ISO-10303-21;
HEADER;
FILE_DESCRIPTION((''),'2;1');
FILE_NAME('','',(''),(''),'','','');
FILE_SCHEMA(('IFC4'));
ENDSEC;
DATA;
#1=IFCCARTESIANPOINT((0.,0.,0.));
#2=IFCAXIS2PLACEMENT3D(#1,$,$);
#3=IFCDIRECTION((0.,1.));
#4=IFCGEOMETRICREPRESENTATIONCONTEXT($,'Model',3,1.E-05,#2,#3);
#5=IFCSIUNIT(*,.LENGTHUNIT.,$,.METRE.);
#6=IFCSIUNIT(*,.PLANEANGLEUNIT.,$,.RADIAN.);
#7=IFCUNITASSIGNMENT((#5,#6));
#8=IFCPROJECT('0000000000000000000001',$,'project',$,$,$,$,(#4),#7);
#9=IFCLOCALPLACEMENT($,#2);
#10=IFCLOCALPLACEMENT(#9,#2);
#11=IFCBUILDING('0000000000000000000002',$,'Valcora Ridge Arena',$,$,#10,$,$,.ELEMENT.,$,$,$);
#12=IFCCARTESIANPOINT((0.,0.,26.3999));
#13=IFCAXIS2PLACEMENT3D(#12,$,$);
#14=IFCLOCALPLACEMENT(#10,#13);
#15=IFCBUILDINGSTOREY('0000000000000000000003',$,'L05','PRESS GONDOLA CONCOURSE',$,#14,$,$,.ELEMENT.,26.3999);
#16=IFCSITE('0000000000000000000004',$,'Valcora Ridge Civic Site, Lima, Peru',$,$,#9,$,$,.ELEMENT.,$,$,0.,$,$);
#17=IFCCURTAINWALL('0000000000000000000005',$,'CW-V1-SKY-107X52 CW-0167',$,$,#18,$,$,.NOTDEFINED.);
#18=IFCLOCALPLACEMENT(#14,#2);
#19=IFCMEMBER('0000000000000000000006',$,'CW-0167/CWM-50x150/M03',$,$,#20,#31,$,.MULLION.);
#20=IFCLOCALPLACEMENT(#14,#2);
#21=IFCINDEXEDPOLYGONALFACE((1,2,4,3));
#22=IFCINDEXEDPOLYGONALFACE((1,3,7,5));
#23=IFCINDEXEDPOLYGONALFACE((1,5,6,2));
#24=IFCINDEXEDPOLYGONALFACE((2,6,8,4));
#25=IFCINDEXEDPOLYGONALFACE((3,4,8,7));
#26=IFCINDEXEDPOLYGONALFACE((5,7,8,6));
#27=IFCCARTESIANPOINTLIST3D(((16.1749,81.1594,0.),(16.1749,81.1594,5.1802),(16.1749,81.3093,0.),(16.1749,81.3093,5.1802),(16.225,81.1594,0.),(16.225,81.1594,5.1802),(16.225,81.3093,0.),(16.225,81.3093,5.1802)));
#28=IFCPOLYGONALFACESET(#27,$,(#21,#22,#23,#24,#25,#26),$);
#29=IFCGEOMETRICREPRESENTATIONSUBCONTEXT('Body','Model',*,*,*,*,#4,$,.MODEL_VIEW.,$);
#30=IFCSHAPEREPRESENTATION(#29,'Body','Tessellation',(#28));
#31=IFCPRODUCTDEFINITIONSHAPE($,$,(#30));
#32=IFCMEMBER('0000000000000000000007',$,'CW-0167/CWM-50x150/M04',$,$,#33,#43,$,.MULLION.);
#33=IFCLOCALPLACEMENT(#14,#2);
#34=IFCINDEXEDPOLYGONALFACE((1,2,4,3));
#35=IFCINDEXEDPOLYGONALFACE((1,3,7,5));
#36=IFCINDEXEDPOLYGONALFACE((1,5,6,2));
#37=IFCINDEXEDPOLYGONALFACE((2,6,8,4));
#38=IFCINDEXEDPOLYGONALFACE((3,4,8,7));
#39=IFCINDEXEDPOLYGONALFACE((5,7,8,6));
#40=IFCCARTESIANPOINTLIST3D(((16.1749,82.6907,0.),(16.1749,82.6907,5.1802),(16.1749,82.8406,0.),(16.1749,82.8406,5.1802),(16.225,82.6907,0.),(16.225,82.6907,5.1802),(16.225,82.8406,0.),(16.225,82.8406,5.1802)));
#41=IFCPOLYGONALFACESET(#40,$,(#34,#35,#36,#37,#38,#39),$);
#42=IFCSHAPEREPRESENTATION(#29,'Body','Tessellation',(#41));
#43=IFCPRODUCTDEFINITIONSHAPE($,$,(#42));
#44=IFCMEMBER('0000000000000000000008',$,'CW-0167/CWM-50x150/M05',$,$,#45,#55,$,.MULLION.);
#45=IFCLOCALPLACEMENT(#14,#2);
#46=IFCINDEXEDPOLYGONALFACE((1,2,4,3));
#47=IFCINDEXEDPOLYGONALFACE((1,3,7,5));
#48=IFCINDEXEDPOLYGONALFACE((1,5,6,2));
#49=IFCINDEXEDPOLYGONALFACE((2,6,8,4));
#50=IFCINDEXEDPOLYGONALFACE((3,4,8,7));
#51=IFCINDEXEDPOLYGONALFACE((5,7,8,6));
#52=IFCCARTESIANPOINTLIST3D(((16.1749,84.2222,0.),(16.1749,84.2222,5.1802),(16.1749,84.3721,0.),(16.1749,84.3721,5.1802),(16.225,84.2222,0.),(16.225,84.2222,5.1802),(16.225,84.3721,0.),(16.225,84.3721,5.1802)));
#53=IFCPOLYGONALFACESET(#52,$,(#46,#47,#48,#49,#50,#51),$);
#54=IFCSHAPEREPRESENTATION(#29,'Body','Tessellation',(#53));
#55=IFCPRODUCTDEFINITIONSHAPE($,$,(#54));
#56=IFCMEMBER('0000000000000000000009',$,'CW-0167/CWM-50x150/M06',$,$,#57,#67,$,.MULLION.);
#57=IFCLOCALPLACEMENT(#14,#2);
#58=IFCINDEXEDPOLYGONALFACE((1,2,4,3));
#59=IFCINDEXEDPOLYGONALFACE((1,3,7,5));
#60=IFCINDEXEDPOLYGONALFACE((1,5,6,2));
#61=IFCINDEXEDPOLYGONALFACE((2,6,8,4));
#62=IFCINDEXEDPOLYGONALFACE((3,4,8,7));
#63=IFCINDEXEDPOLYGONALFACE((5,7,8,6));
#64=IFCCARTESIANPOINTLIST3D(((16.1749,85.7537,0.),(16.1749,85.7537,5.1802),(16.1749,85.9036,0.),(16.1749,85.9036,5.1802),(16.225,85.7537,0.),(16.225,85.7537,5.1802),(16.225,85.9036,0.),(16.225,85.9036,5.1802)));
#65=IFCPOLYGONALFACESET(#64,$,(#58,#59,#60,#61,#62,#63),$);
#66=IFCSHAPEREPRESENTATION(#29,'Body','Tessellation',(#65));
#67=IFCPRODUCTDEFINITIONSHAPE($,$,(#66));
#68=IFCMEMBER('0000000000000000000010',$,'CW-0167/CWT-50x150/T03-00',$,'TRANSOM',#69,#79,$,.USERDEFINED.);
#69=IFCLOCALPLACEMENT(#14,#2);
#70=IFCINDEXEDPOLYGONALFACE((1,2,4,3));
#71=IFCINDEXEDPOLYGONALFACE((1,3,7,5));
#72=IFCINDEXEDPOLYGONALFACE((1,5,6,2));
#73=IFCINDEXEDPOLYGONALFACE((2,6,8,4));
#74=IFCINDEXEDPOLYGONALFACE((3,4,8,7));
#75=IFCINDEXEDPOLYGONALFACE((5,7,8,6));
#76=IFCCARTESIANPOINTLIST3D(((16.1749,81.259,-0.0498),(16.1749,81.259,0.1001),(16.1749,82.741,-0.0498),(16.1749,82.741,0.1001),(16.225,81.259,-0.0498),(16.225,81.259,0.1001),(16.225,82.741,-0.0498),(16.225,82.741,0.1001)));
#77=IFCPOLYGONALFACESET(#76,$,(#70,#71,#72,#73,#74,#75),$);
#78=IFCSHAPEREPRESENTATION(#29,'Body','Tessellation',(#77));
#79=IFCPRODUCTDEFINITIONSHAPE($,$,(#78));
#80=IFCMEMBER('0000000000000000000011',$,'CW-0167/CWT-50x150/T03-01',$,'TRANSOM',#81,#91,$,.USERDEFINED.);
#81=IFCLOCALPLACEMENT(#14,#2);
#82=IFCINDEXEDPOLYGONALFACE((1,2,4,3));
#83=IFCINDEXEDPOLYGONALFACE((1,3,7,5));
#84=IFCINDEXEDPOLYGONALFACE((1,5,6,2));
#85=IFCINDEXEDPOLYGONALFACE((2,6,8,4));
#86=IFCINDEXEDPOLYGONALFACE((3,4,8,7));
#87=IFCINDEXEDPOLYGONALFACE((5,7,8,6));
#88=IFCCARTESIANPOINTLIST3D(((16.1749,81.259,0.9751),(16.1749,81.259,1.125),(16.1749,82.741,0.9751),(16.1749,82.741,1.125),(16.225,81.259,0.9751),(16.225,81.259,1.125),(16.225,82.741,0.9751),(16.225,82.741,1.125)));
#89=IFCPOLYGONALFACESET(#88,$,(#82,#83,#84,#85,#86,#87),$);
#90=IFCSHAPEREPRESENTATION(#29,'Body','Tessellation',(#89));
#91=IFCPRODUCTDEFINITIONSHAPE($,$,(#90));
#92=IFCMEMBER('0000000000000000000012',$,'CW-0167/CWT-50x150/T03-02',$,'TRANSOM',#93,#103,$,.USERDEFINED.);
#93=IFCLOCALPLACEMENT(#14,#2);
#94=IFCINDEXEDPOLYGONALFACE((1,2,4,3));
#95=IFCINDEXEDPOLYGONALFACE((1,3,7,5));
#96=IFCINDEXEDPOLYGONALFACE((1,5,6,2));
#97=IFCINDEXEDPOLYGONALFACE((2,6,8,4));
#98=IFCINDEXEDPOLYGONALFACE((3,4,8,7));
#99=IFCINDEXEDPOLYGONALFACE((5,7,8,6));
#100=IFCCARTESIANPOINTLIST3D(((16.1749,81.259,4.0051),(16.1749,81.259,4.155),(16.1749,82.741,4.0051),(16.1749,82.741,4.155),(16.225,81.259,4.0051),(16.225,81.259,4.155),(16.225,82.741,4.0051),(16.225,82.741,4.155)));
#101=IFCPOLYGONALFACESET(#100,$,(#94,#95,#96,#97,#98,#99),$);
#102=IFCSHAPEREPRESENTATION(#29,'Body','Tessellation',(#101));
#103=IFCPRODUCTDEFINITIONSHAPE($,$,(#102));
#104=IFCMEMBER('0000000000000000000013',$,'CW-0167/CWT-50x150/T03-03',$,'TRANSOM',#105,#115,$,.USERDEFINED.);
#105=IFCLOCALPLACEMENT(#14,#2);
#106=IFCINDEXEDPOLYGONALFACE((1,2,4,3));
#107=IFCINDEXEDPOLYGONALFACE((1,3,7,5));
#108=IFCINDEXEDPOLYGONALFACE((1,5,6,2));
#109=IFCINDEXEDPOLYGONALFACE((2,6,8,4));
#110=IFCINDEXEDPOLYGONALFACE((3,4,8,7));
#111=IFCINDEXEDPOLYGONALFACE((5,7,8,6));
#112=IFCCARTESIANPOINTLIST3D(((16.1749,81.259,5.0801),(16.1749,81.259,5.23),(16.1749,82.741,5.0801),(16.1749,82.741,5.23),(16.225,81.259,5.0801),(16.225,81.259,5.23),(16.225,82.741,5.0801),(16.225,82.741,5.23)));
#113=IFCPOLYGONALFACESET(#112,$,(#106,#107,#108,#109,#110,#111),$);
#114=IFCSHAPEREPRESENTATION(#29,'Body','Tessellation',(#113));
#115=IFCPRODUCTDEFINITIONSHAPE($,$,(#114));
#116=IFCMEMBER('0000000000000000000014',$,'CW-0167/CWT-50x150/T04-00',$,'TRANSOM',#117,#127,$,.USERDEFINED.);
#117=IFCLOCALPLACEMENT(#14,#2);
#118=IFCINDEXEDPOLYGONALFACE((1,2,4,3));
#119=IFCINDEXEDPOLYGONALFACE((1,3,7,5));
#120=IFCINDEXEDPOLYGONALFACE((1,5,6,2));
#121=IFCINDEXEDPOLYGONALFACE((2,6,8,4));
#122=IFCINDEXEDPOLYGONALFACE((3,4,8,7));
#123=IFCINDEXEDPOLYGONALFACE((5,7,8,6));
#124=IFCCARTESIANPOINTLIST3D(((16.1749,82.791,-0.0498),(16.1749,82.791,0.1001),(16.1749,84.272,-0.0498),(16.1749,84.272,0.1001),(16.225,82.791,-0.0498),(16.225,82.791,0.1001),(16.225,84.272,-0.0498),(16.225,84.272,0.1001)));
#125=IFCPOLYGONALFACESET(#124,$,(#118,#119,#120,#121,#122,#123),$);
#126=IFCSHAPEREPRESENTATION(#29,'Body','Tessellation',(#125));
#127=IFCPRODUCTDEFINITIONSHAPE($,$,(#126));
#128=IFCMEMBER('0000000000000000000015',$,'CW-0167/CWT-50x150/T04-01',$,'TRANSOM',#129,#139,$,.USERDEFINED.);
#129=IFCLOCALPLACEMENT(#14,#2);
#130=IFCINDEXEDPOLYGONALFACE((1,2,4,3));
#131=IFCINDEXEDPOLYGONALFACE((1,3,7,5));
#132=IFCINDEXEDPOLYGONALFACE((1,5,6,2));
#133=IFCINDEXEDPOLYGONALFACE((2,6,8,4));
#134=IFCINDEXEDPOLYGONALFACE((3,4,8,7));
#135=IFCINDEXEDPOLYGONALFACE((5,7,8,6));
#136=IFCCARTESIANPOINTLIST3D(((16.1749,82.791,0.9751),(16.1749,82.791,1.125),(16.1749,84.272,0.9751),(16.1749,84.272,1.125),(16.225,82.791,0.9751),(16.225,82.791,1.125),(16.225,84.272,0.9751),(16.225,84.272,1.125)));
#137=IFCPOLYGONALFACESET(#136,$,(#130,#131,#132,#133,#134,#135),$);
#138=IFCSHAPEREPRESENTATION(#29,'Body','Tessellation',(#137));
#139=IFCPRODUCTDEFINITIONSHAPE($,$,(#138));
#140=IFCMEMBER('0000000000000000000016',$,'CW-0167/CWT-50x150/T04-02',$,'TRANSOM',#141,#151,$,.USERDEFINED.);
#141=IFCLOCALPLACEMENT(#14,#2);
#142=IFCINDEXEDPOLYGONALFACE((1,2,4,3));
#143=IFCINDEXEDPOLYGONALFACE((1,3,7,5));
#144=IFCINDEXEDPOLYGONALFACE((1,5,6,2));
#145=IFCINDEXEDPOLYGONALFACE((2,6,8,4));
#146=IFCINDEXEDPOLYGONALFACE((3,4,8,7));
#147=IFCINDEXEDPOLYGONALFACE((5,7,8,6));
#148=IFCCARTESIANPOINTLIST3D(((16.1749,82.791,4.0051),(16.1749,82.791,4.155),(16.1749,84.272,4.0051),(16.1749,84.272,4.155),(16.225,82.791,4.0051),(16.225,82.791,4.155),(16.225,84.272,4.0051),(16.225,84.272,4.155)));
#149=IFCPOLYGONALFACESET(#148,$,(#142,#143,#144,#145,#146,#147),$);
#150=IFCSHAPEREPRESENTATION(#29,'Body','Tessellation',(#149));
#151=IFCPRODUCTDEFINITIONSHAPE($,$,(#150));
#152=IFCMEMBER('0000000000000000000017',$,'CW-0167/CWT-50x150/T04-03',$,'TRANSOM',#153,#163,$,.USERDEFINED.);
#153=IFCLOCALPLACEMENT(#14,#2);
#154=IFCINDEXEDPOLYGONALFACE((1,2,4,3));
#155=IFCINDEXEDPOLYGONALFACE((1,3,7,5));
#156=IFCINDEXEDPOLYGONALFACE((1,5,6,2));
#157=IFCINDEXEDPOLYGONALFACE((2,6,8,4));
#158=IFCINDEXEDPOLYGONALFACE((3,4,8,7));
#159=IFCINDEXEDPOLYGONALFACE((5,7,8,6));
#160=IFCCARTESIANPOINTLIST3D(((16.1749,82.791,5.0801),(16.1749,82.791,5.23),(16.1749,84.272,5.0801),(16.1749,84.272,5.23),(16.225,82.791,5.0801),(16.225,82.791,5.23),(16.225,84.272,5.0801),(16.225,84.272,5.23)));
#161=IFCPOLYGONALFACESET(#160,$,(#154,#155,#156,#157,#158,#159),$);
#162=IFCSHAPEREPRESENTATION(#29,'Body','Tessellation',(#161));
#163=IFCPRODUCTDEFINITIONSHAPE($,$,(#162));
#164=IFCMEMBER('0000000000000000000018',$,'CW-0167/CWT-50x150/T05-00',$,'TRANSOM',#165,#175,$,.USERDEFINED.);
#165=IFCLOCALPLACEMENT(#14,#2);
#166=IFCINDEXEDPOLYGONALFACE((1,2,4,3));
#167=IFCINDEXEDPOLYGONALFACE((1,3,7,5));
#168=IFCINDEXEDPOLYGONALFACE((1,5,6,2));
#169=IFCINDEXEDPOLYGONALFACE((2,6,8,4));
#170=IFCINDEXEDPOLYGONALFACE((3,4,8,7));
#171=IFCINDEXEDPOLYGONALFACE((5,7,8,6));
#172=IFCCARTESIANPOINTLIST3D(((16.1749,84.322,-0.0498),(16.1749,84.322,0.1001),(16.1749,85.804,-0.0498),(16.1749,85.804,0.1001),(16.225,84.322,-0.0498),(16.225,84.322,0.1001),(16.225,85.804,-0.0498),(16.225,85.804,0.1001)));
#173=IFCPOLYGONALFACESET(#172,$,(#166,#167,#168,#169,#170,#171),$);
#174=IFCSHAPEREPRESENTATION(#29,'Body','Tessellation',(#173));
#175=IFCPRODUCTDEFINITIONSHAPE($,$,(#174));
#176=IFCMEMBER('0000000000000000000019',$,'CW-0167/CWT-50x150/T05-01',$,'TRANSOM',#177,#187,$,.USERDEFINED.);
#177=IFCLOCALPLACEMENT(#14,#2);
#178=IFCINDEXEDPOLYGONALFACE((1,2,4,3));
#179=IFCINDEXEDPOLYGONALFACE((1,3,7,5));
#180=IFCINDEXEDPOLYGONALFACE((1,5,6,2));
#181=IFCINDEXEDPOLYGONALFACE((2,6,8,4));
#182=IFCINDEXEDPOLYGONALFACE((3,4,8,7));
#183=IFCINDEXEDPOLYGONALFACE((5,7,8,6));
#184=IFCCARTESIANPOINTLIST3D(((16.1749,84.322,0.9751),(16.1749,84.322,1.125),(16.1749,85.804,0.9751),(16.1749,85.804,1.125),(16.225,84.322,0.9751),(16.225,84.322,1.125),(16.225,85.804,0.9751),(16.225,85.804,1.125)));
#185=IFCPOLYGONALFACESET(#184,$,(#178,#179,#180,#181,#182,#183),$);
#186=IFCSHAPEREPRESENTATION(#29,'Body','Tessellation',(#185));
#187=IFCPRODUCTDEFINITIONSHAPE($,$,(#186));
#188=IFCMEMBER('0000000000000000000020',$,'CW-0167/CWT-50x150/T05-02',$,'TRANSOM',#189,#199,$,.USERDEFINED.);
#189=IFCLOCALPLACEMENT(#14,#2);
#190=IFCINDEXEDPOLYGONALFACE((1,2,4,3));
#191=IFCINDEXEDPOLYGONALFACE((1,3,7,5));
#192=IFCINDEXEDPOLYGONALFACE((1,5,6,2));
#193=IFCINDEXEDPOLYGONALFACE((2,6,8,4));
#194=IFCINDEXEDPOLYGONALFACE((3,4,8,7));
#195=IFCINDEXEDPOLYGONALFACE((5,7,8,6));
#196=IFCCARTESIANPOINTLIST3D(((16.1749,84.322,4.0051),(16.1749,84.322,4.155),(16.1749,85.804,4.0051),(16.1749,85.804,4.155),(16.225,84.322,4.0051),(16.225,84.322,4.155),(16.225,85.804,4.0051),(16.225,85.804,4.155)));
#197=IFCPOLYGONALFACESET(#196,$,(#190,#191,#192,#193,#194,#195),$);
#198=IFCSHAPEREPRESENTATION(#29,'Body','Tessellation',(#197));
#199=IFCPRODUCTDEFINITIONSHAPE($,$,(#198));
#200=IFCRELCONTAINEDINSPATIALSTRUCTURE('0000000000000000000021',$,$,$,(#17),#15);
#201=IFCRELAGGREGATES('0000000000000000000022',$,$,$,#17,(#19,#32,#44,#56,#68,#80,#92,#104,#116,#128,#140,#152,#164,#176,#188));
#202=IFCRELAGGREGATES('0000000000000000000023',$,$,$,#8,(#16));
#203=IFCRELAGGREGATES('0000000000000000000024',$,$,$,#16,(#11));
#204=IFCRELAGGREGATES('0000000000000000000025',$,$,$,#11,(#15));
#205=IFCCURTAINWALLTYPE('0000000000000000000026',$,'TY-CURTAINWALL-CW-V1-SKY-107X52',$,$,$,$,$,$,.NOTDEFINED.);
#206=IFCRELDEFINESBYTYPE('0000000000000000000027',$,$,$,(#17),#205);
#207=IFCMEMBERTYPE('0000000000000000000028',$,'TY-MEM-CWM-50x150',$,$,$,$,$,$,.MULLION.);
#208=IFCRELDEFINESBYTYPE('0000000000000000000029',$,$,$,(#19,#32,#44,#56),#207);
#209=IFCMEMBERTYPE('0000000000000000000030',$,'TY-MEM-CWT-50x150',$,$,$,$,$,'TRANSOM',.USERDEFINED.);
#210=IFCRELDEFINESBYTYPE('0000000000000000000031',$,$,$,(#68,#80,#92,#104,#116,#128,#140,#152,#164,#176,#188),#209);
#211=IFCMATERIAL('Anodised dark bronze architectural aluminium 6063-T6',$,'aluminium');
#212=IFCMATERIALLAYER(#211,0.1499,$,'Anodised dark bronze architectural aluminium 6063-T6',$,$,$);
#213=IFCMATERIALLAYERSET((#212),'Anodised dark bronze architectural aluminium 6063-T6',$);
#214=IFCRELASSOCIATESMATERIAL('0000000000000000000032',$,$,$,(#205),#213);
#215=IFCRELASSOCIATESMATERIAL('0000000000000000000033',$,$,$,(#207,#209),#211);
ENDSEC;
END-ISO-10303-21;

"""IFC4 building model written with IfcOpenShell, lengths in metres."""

from ifc_helpers import new_model, si_unit, direction, frame, origin, origin_2d, place, context, subcontext, project, spatial, rectangle, extrude, material, layer, layer_set, material_profile, profile_set, type_object, element, aggregate, save


model = new_model("IFC4")

# Units and contexts
model_context = context("Model", 3, precision=1e-05, world=origin(), true_north=direction((0.0, 1.0)))
body_context = subcontext(model_context, "Body", "Model", "MODEL_VIEW")
ifc_project = project(units=[si_unit("LENGTHUNIT", "METRE"), si_unit("PLANEANGLEUNIT", "RADIAN")], contexts=[model_context])

# Site, building, storey
site_placement = place(None, origin())
site = spatial("IfcSite", under=ifc_project, at=site_placement, Name="Valcora Ridge Civic Site, Lima, Peru", CompositionType="ELEMENT", RefElevation=0.0)
building_placement = place(site_placement, origin())
building = spatial("IfcBuilding", under=site, at=building_placement, Name="Valcora Ridge Arena", CompositionType="ELEMENT")
storey_placement = place(building_placement, frame((0.0, 0.0, 26.3999)))
storey = spatial("IfcBuildingStorey", under=building, at=storey_placement, Name="L05", Description="PRESS GONDOLA CONCOURSE", CompositionType="ELEMENT", Elevation=26.3999)

# Curtain wall, members
ifc_material_1 = material(Name="Anodised dark bronze architectural aluminium 6063-T6", Category="aluminium")
ifc_layer_1 = layer(ifc_material_1, 0.1499, Name="Anodised dark bronze architectural aluminium 6063-T6")
ifc_layer_set_1 = layer_set([ifc_layer_1], Name="Anodised dark bronze architectural aluminium 6063-T6")
curtain_wall_type = type_object("IfcCurtainWallType", Name="TY-CURTAINWALL-CW-V1-SKY-107X52", PredefinedType="NOTDEFINED", material=ifc_layer_set_1)
curtain_wall_placement = place(storey_placement, origin())
curtain_wall = element("IfcCurtainWall", 1, at=curtain_wall_placement, inside=storey, type_object=curtain_wall_type, Name="CW-V1-SKY-107X52 CW-0167", PredefinedType="NOTDEFINED")
ifc_material_profile_1 = material_profile(ifc_material_1, rectangle(XDim=0.05, YDim=0.1499, at=origin_2d()), Name="ALU MULLION 50x150")
ifc_profile_set_1 = profile_set([ifc_material_profile_1], Name="Anodised dark bronze architectural aluminium 6063-T6")
member_type_1 = type_object("IfcMemberType", Name="TY-MEM-CWM-50x150", PredefinedType="MULLION", material=ifc_profile_set_1)
member_1_placement = place(storey_placement, frame((16.2, 81.2344, 0.0), z_axis=(0.0, 0.0, 1.0), x_axis=(-1.0, 0.0, 0.0)))
member_1 = element("IfcMember", 2, at=member_1_placement, type_object=member_type_1, Name="CW-0167/CWM-50x150/M03", PredefinedType="MULLION", context=body_context, shape_type="SweptSolid", body=[
    extrude(rectangle(XDim=0.05, YDim=0.1499, at=origin_2d()), origin(), (0.0, 0.0, 1.0), 5.1802),
])
member_2_placement = place(storey_placement, frame((16.2, 82.7656, 0.0), z_axis=(0.0, 0.0, 1.0), x_axis=(-1.0, 0.0, 0.0)))
member_2 = element("IfcMember", 3, at=member_2_placement, type_object=member_type_1, Name="CW-0167/CWM-50x150/M04", PredefinedType="MULLION", context=body_context, shape_type="SweptSolid", body=[
    extrude(rectangle(XDim=0.05, YDim=0.1499, at=origin_2d()), origin(), (0.0, 0.0, 1.0), 5.1802),
])
member_3_placement = place(storey_placement, frame((16.2, 84.2971, 0.0), z_axis=(0.0, 0.0, 1.0), x_axis=(-1.0, 0.0, 0.0)))
member_3 = element("IfcMember", 4, at=member_3_placement, type_object=member_type_1, Name="CW-0167/CWM-50x150/M05", PredefinedType="MULLION", context=body_context, shape_type="SweptSolid", body=[
    extrude(rectangle(XDim=0.05, YDim=0.1499, at=origin_2d()), origin(), (0.0, 0.0, 1.0), 5.1802),
])
member_4_placement = place(storey_placement, frame((16.2, 85.8286, 0.0), z_axis=(0.0, 0.0, 1.0), x_axis=(-1.0, 0.0, 0.0)))
member_4 = element("IfcMember", 5, at=member_4_placement, type_object=member_type_1, Name="CW-0167/CWM-50x150/M06", PredefinedType="MULLION", context=body_context, shape_type="SweptSolid", body=[
    extrude(rectangle(XDim=0.05, YDim=0.1499, at=origin_2d()), origin(), (0.0, 0.0, 1.0), 5.1802),
])
ifc_material_profile_2 = material_profile(ifc_material_1, rectangle(XDim=0.05, YDim=0.1499, at=origin_2d()), Name="ALU TRANSOM 50x150")
ifc_profile_set_2 = profile_set([ifc_material_profile_2], Name="Anodised dark bronze architectural aluminium 6063-T6")
member_type_2 = type_object("IfcMemberType", Name="TY-MEM-CWT-50x150", ElementType="TRANSOM", PredefinedType="USERDEFINED", material=ifc_profile_set_2)
member_5_placement = place(storey_placement, frame((16.2, 81.259, 0.0251), z_axis=(0.0, 1.0, 0.0), x_axis=(-1.0, 0.0, 0.0)))
member_5 = element("IfcMember", 6, at=member_5_placement, type_object=member_type_2, Name="CW-0167/CWT-50x150/T03-00", ObjectType="TRANSOM", PredefinedType="USERDEFINED", context=body_context, shape_type="SweptSolid", body=[
    extrude(rectangle(XDim=0.05, YDim=0.1499, at=origin_2d()), origin(), (0.0, 0.0, 1.0), 1.4819),
])
member_6_placement = place(storey_placement, frame((16.2, 81.259, 1.05), z_axis=(0.0, 1.0, 0.0), x_axis=(-1.0, 0.0, 0.0)))
member_6 = element("IfcMember", 7, at=member_6_placement, type_object=member_type_2, Name="CW-0167/CWT-50x150/T03-01", ObjectType="TRANSOM", PredefinedType="USERDEFINED", context=body_context, shape_type="SweptSolid", body=[
    extrude(rectangle(XDim=0.05, YDim=0.1499, at=origin_2d()), origin(), (0.0, 0.0, 1.0), 1.4819),
])
member_7_placement = place(storey_placement, frame((16.2, 81.259, 4.0801), z_axis=(0.0, 1.0, 0.0), x_axis=(-1.0, 0.0, 0.0)))
member_7 = element("IfcMember", 8, at=member_7_placement, type_object=member_type_2, Name="CW-0167/CWT-50x150/T03-02", ObjectType="TRANSOM", PredefinedType="USERDEFINED", context=body_context, shape_type="SweptSolid", body=[
    extrude(rectangle(XDim=0.05, YDim=0.1499, at=origin_2d()), origin(), (0.0, 0.0, 1.0), 1.4819),
])
member_8_placement = place(storey_placement, frame((16.2, 81.259, 5.155), z_axis=(0.0, 1.0, 0.0), x_axis=(-1.0, 0.0, 0.0)))
member_8 = element("IfcMember", 9, at=member_8_placement, type_object=member_type_2, Name="CW-0167/CWT-50x150/T03-03", ObjectType="TRANSOM", PredefinedType="USERDEFINED", context=body_context, shape_type="SweptSolid", body=[
    extrude(rectangle(XDim=0.05, YDim=0.1499, at=origin_2d()), origin(), (0.0, 0.0, 1.0), 1.4819),
])
member_9_placement = place(storey_placement, frame((16.2, 82.791, 0.0251), z_axis=(0.0, 1.0, 0.0), x_axis=(-1.0, 0.0, 0.0)))
member_9 = element("IfcMember", 10, at=member_9_placement, type_object=member_type_2, Name="CW-0167/CWT-50x150/T04-00", ObjectType="TRANSOM", PredefinedType="USERDEFINED", context=body_context, shape_type="SweptSolid", body=[
    extrude(rectangle(XDim=0.05, YDim=0.1499, at=origin_2d()), origin(), (0.0, 0.0, 1.0), 1.481),
])
member_10_placement = place(storey_placement, frame((16.2, 82.791, 1.05), z_axis=(0.0, 1.0, 0.0), x_axis=(-1.0, 0.0, 0.0)))
member_10 = element("IfcMember", 11, at=member_10_placement, type_object=member_type_2, Name="CW-0167/CWT-50x150/T04-01", ObjectType="TRANSOM", PredefinedType="USERDEFINED", context=body_context, shape_type="SweptSolid", body=[
    extrude(rectangle(XDim=0.05, YDim=0.1499, at=origin_2d()), origin(), (0.0, 0.0, 1.0), 1.481),
])
member_11_placement = place(storey_placement, frame((16.2, 82.791, 4.0801), z_axis=(0.0, 1.0, 0.0), x_axis=(-1.0, 0.0, 0.0)))
member_11 = element("IfcMember", 12, at=member_11_placement, type_object=member_type_2, Name="CW-0167/CWT-50x150/T04-02", ObjectType="TRANSOM", PredefinedType="USERDEFINED", context=body_context, shape_type="SweptSolid", body=[
    extrude(rectangle(XDim=0.05, YDim=0.1499, at=origin_2d()), origin(), (0.0, 0.0, 1.0), 1.481),
])
member_12_placement = place(storey_placement, frame((16.2, 82.791, 5.155), z_axis=(0.0, 1.0, 0.0), x_axis=(-1.0, 0.0, 0.0)))
member_12 = element("IfcMember", 13, at=member_12_placement, type_object=member_type_2, Name="CW-0167/CWT-50x150/T04-03", ObjectType="TRANSOM", PredefinedType="USERDEFINED", context=body_context, shape_type="SweptSolid", body=[
    extrude(rectangle(XDim=0.05, YDim=0.1499, at=origin_2d()), origin(), (0.0, 0.0, 1.0), 1.481),
])
member_13_placement = place(storey_placement, frame((16.2, 84.322, 0.0251), z_axis=(0.0, 1.0, 0.0), x_axis=(-1.0, 0.0, 0.0)))
member_13 = element("IfcMember", 14, at=member_13_placement, type_object=member_type_2, Name="CW-0167/CWT-50x150/T05-00", ObjectType="TRANSOM", PredefinedType="USERDEFINED", context=body_context, shape_type="SweptSolid", body=[
    extrude(rectangle(XDim=0.05, YDim=0.1499, at=origin_2d()), origin(), (0.0, 0.0, 1.0), 1.4819),
])
member_14_placement = place(storey_placement, frame((16.2, 84.322, 1.05), z_axis=(0.0, 1.0, 0.0), x_axis=(-1.0, 0.0, 0.0)))
member_14 = element("IfcMember", 15, at=member_14_placement, type_object=member_type_2, Name="CW-0167/CWT-50x150/T05-01", ObjectType="TRANSOM", PredefinedType="USERDEFINED", context=body_context, shape_type="SweptSolid", body=[
    extrude(rectangle(XDim=0.05, YDim=0.1499, at=origin_2d()), origin(), (0.0, 0.0, 1.0), 1.4819),
])
member_15_placement = place(storey_placement, frame((16.2, 84.322, 4.0801), z_axis=(0.0, 1.0, 0.0), x_axis=(-1.0, 0.0, 0.0)))
member_15 = element("IfcMember", 16, at=member_15_placement, type_object=member_type_2, Name="CW-0167/CWT-50x150/T05-02", ObjectType="TRANSOM", PredefinedType="USERDEFINED", context=body_context, shape_type="SweptSolid", body=[
    extrude(rectangle(XDim=0.05, YDim=0.1499, at=origin_2d()), origin(), (0.0, 0.0, 1.0), 1.4819),
])
aggregate(curtain_wall, [member_1, member_2, member_3, member_4, member_5, member_6, member_7, member_8, member_9, member_10, member_11, member_12, member_13, member_14, member_15])

save(model, "model.ifc")
